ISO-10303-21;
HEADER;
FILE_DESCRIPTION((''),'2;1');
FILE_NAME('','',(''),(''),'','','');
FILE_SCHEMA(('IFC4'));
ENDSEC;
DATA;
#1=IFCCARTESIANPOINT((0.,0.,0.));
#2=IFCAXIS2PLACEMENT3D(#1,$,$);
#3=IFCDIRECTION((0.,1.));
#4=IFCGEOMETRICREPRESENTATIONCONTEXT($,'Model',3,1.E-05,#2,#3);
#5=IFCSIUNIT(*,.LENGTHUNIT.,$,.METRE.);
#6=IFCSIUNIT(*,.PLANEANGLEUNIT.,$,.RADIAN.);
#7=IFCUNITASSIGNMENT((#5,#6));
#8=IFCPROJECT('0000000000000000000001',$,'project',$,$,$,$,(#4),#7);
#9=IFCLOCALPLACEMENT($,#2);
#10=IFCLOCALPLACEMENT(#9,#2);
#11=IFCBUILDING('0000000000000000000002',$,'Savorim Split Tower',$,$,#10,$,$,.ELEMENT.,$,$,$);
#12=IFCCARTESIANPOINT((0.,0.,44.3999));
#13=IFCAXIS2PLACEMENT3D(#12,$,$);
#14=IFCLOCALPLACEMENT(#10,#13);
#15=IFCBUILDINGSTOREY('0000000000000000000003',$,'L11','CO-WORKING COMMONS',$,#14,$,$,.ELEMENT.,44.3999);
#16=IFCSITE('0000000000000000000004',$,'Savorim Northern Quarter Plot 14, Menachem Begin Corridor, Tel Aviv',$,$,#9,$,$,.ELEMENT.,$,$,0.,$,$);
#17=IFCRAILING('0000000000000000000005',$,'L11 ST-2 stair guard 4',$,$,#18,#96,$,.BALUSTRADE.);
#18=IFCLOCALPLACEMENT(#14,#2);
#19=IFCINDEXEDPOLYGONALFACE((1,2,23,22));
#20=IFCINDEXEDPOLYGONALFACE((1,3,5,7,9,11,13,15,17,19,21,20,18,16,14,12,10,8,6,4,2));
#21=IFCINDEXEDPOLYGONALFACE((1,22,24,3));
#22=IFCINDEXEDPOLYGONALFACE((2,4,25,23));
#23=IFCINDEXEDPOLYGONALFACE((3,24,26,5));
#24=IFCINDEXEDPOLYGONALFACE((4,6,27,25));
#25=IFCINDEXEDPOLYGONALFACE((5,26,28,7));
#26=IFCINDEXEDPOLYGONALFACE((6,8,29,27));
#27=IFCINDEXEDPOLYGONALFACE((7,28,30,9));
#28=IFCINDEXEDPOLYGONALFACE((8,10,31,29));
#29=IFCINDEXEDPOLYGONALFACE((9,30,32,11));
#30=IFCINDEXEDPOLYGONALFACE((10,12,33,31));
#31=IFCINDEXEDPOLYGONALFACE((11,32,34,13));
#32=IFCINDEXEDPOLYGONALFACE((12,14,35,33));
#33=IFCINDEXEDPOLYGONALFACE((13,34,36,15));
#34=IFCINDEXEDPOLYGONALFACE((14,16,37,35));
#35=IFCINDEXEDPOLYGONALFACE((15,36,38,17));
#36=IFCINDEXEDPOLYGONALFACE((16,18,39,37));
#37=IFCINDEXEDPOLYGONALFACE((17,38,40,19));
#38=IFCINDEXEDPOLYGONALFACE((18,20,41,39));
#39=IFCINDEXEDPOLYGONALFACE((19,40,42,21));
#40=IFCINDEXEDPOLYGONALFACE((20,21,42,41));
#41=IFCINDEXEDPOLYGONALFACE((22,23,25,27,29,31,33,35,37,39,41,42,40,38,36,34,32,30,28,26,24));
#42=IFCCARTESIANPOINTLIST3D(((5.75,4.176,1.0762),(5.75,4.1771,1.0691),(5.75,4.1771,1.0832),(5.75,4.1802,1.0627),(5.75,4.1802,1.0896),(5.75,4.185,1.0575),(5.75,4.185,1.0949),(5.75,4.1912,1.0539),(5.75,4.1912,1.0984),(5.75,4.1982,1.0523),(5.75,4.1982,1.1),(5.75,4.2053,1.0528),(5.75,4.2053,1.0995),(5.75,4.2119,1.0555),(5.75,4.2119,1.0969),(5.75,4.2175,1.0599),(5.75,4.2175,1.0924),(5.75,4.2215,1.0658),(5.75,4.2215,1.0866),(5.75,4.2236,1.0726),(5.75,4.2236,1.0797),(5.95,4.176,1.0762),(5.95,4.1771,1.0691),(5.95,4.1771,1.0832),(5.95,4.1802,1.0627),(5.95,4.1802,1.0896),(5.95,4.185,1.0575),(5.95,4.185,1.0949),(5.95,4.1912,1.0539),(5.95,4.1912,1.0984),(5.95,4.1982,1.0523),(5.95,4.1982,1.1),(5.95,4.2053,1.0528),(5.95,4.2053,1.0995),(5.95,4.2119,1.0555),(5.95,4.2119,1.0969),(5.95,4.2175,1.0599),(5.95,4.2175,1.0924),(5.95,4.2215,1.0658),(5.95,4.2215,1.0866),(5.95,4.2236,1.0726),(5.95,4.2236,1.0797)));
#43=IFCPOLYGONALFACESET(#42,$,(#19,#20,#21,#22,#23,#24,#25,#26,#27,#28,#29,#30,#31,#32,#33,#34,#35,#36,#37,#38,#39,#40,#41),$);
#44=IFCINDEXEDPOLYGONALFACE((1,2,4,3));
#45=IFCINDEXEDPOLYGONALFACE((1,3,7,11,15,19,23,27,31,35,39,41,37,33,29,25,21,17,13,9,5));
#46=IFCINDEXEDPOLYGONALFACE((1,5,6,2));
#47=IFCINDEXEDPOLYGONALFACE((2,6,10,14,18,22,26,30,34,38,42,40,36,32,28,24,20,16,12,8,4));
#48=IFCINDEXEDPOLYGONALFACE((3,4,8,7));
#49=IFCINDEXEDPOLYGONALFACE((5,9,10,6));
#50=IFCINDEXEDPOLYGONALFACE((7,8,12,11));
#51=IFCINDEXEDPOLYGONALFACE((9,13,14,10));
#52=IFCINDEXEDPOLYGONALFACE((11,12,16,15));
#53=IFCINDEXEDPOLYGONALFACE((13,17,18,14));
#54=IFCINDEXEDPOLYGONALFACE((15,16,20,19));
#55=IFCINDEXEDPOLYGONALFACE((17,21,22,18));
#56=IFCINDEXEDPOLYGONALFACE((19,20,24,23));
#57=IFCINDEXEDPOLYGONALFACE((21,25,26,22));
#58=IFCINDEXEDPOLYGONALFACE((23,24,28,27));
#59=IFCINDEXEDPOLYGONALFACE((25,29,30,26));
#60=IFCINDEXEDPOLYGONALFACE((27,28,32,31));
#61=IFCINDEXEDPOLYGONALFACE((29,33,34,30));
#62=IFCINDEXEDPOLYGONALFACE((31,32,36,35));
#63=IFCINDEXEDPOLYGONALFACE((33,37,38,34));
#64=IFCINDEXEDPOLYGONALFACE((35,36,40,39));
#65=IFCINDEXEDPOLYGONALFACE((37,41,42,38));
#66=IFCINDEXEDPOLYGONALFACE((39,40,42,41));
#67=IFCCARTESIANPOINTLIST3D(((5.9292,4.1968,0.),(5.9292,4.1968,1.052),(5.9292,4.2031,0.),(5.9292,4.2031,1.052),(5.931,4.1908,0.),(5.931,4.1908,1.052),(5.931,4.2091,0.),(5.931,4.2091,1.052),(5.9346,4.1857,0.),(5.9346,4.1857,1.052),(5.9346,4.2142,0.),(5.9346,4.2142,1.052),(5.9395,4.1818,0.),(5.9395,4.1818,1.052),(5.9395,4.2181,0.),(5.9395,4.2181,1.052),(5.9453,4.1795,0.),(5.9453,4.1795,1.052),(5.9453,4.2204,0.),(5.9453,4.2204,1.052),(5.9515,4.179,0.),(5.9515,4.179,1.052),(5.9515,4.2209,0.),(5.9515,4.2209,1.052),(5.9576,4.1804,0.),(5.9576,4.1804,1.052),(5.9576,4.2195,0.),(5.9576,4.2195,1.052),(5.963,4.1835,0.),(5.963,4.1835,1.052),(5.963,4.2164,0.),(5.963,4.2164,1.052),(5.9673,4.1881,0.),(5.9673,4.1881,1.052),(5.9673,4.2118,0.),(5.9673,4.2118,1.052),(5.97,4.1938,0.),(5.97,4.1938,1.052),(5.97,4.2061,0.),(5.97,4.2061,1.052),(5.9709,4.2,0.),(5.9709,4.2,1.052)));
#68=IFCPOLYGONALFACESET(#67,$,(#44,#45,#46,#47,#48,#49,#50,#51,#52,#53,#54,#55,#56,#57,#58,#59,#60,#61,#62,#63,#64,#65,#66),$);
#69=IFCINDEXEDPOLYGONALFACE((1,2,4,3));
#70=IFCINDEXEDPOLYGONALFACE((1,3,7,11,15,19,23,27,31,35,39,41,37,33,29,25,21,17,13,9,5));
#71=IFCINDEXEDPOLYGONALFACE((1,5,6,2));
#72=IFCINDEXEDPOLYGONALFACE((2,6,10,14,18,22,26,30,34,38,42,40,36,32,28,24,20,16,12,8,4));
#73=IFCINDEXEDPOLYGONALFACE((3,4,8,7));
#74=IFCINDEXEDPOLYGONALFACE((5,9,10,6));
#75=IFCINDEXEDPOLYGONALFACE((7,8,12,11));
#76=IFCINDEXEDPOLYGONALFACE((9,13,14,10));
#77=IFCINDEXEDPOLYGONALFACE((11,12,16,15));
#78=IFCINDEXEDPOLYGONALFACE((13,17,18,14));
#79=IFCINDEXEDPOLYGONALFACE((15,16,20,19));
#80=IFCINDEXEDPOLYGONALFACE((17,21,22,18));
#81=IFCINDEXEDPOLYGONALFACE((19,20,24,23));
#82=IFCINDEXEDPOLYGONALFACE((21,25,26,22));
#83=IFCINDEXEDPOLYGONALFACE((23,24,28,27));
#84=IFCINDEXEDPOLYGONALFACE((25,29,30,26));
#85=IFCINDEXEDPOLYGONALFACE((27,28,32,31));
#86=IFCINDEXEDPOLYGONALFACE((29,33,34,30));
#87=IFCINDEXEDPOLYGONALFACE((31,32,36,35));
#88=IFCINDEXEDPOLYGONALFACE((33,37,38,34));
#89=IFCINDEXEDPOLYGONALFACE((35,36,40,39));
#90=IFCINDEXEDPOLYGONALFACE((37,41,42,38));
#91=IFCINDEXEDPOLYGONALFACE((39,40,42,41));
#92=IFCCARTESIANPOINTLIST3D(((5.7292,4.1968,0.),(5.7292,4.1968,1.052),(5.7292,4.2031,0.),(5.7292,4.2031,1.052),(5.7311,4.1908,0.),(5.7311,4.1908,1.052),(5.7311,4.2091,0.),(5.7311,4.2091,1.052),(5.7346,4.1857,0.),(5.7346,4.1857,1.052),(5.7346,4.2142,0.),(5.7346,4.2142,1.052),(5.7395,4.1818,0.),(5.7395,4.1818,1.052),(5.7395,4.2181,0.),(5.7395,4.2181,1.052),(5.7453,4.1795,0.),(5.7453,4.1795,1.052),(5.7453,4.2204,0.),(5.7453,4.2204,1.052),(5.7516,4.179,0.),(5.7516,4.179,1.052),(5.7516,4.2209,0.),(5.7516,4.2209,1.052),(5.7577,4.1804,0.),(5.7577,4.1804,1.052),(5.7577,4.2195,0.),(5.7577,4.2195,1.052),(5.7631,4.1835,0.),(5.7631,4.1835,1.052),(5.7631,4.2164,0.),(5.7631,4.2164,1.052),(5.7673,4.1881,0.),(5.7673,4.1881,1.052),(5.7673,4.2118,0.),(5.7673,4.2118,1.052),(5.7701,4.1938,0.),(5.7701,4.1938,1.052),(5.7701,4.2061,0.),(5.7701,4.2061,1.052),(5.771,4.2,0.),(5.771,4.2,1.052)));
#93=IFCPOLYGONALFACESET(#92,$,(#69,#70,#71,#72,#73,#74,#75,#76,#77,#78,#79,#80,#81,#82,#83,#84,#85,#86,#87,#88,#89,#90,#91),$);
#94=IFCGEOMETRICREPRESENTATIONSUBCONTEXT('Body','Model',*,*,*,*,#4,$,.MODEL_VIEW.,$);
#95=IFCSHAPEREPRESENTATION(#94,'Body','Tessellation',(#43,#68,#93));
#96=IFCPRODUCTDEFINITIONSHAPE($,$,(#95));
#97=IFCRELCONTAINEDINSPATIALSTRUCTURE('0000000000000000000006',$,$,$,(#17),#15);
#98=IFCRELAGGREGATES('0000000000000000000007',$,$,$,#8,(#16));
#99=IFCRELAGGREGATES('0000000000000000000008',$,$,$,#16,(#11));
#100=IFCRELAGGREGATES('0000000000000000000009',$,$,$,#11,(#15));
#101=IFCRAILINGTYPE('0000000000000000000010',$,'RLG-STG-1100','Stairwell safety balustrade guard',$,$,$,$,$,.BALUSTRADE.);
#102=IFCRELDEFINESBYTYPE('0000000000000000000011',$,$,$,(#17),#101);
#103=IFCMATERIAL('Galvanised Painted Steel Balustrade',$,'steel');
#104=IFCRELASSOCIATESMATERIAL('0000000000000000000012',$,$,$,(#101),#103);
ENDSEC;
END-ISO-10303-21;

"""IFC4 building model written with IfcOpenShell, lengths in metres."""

from ifc_helpers import new_model, si_unit, direction, frame, origin, origin_2d, place, context, subcontext, project, spatial, circle, extrude, material, type_object, element, save


model = new_model("IFC4")

# Units and contexts
model_context = context("Model", 3, precision=1e-05, world=origin(), true_north=direction((0.0, 1.0)))
body_context = subcontext(model_context, "Body", "Model", "MODEL_VIEW")
ifc_project = project(units=[si_unit("LENGTHUNIT", "METRE"), si_unit("PLANEANGLEUNIT", "RADIAN")], contexts=[model_context])

# Site, building, storey
site_placement = place(None, origin())
site = spatial("IfcSite", under=ifc_project, at=site_placement, Name="Savorim Northern Quarter Plot 14, Menachem Begin Corridor, Tel Aviv", CompositionType="ELEMENT", RefElevation=0.0)
building_placement = place(site_placement, origin())
building = spatial("IfcBuilding", under=site, at=building_placement, Name="Savorim Split Tower", CompositionType="ELEMENT")
storey_placement = place(building_placement, frame((0.0, 0.0, 44.3999)))
storey = spatial("IfcBuildingStorey", under=building, at=storey_placement, Name="L11", Description="CO-WORKING COMMONS", CompositionType="ELEMENT", Elevation=44.3999)

# Railing
ifc_material_1 = material(Name="Galvanised Painted Steel Balustrade", Category="steel")
railing_type_1 = type_object("IfcRailingType", Name="RLG-STG-1100", Description="Stairwell safety balustrade guard", PredefinedType="BALUSTRADE", material=ifc_material_1)
railing_1_placement = place(storey_placement, frame((5.95, 4.2, 0.0)))
element("IfcRailing", 1, at=railing_1_placement, inside=storey, type_object=railing_type_1, Name="L11 ST-2 stair guard 4", PredefinedType="BALUSTRADE", context=body_context, shape_type="SweptSolid", body=[
    extrude(circle(Radius=0.0239, at=origin_2d()), frame((0.0, 0.0, 1.0762), z_axis=(-1.0, 0.0, 0.0), x_axis=(0.0, -1.0, 0.0)), (0.0, 0.0, 1.0), 0.2),
    extrude(circle(Radius=0.021, at=origin_2d()), origin(), (0.0, 0.0, 1.0), 1.052),
    extrude(circle(Radius=0.021, at=origin_2d()), frame((-0.2, 0.0, 0.0)), (0.0, 0.0, 1.0), 1.052),
])

save(model, "model.ifc")
